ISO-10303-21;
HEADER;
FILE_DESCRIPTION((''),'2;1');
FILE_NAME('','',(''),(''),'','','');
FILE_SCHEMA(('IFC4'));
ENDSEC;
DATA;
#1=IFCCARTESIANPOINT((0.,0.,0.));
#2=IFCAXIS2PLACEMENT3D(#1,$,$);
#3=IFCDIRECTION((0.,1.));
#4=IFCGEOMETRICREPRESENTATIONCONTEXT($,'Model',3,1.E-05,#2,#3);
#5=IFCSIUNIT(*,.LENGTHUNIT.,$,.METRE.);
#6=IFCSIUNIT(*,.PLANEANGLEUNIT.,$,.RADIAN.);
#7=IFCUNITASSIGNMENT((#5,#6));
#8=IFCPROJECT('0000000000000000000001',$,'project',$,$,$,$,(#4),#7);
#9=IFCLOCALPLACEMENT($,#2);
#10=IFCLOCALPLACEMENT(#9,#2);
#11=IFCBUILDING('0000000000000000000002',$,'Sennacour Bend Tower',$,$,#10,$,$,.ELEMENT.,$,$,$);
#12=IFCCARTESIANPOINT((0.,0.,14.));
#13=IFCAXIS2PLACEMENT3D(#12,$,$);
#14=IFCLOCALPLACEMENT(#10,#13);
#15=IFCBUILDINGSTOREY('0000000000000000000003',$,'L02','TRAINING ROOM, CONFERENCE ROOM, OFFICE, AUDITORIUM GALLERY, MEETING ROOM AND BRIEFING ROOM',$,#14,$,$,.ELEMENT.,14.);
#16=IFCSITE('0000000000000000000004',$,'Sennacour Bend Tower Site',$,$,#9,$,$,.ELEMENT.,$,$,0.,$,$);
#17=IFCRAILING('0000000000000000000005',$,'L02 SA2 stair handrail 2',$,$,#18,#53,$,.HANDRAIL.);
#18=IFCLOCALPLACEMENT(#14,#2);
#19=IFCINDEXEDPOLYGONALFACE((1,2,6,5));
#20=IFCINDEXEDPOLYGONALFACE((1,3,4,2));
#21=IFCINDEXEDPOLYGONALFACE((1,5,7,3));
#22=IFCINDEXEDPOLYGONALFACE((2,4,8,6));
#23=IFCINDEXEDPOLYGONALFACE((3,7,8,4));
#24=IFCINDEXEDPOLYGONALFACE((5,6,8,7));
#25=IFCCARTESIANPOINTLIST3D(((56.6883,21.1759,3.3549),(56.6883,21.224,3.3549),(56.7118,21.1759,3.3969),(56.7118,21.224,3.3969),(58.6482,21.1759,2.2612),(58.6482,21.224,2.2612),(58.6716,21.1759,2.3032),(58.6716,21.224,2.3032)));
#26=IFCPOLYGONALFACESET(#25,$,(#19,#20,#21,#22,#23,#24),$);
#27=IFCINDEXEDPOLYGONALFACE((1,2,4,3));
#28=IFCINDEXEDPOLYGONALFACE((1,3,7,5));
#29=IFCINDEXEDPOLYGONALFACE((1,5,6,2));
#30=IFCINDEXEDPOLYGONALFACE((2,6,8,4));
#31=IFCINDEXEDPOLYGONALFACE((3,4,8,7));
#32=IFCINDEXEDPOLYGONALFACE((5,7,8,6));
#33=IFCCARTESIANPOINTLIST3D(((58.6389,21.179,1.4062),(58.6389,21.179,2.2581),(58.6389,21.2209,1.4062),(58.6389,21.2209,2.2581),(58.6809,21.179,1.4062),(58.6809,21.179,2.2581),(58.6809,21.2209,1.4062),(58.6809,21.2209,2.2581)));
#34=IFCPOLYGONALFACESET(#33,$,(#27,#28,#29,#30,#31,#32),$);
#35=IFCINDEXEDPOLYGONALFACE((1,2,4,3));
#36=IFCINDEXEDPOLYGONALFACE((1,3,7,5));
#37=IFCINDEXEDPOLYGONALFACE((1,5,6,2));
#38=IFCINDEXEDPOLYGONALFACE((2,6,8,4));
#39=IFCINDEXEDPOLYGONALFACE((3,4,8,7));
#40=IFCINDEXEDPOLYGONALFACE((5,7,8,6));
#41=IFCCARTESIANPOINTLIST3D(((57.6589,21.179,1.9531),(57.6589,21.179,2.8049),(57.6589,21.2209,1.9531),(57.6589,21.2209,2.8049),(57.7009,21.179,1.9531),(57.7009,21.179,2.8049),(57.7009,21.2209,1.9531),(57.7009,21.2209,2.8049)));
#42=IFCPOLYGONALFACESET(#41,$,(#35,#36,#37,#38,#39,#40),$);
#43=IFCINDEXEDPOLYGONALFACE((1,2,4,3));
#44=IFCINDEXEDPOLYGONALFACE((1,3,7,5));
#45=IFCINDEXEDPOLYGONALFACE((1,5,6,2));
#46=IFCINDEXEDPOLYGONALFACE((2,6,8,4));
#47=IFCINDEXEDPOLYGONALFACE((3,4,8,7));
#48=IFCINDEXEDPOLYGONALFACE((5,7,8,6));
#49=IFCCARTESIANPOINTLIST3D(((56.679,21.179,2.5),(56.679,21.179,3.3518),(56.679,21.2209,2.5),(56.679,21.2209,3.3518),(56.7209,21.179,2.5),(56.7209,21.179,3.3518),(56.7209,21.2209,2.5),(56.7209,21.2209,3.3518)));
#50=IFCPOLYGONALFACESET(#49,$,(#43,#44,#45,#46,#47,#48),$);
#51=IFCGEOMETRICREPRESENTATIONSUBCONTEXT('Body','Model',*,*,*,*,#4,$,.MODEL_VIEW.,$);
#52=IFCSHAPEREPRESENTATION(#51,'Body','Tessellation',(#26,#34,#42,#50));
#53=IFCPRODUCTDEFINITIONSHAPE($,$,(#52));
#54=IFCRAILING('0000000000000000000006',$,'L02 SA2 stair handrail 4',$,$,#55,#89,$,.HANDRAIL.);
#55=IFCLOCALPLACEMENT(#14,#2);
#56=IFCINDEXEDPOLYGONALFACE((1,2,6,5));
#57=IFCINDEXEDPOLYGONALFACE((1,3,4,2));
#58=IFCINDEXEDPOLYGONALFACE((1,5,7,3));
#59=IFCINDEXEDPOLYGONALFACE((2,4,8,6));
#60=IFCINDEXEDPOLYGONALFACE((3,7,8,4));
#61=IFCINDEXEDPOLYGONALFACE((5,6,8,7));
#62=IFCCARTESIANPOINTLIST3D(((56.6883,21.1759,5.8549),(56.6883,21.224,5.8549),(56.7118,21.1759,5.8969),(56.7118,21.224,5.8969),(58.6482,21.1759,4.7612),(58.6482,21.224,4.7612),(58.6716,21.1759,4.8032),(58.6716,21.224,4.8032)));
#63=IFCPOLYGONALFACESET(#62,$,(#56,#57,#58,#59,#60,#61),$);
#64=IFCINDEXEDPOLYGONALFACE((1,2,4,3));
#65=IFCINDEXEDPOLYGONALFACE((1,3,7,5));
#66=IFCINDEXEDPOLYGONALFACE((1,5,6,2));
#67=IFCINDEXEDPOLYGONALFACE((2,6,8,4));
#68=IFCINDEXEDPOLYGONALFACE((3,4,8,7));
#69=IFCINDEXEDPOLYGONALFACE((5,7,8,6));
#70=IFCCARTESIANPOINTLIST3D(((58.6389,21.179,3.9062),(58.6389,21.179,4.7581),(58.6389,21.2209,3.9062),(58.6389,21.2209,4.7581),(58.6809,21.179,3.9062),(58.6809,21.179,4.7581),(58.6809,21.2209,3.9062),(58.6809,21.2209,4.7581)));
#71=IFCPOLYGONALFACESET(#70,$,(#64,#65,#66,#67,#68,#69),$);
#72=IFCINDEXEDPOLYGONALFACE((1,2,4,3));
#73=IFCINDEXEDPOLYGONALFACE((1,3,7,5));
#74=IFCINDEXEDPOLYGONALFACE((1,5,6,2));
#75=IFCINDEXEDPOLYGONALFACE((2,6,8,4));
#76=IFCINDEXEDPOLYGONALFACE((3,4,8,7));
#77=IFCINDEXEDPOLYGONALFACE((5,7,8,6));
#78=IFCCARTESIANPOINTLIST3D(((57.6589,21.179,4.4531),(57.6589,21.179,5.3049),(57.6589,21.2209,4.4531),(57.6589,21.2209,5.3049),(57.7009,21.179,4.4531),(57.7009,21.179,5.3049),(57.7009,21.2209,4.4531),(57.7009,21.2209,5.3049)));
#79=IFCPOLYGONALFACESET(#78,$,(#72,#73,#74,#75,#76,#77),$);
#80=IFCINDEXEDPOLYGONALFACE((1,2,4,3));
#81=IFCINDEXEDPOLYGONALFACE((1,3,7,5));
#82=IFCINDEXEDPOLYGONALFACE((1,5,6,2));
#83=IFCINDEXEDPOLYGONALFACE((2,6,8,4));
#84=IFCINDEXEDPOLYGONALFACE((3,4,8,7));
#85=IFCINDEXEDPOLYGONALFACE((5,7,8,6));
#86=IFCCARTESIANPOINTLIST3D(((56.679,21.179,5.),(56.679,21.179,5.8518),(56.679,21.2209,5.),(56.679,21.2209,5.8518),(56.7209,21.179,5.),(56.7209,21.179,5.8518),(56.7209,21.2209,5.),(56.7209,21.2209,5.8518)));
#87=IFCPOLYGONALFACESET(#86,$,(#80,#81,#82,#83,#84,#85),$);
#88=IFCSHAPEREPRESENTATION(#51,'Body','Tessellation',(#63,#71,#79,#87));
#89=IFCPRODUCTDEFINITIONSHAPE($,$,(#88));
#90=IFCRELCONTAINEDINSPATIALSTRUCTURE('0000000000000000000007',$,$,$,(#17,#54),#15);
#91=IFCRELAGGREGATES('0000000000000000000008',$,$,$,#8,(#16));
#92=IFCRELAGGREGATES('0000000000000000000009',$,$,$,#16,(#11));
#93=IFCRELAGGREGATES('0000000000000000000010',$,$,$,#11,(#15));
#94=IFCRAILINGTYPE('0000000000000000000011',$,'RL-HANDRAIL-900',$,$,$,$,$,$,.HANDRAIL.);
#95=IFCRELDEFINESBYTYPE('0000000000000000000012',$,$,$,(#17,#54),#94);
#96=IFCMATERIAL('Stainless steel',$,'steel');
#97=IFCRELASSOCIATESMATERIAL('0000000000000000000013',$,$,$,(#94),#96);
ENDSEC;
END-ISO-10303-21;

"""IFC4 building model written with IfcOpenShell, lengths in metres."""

from ifc_helpers import new_model, si_unit, direction, frame, origin, origin_2d, place, context, subcontext, project, spatial, rectangle, extrude, material, type_object, element, save


model = new_model("IFC4")

# Units and contexts
model_context = context("Model", 3, precision=1e-05, world=origin(), true_north=direction((0.0, 1.0)))
body_context = subcontext(model_context, "Body", "Model", "MODEL_VIEW")
ifc_project = project(units=[si_unit("LENGTHUNIT", "METRE"), si_unit("PLANEANGLEUNIT", "RADIAN")], contexts=[model_context])

# Site, building, storey
site_placement = place(None, origin())
site = spatial("IfcSite", under=ifc_project, at=site_placement, Name="Sennacour Bend Tower Site", CompositionType="ELEMENT", RefElevation=0.0)
building_placement = place(site_placement, origin())
building = spatial("IfcBuilding", under=site, at=building_placement, Name="Sennacour Bend Tower", CompositionType="ELEMENT")
storey_placement = place(building_placement, frame((0.0, 0.0, 14.0)))
storey = spatial("IfcBuildingStorey", under=building, at=storey_placement, Name="L02", Description="TRAINING ROOM, CONFERENCE ROOM, OFFICE, AUDITORIUM GALLERY, MEETING ROOM AND BRIEFING ROOM", CompositionType="ELEMENT", Elevation=14.0)

# Shared definitions
ifc_material_1 = material(Name="Stainless steel", Category="steel")

# Railings
railing_type_1 = type_object("IfcRailingType", Name="RL-HANDRAIL-900", PredefinedType="HANDRAIL", material=ifc_material_1)
for number, where, name in (
    (1, (58.6599, 21.2, 1.4062), "L02 SA2 stair handrail 2"),
    (2, (58.6599, 21.2, 3.9062), "L02 SA2 stair handrail 4"),
):
    element("IfcRailing", number, at=place(storey_placement, frame(where)), inside=storey, type_object=railing_type_1, Name=name, PredefinedType="HANDRAIL", context=body_context, shape_type="SweptSolid", body=[
        extrude(rectangle(XDim=0.0481, YDim=0.0481, at=origin_2d()), frame((0.0, 0.0, 0.876), z_axis=(-0.873232, 0.0, 0.487304), x_axis=(0.0, -1.0, 0.0)), (0.0, 0.0, 1.0), 2.2444),
        extrude(rectangle(XDim=0.042, YDim=0.042, at=origin_2d()), origin(), (0.0, 0.0, 1.0), 0.8518),
        extrude(rectangle(XDim=0.042, YDim=0.042, at=origin_2d()), frame((-0.98, 0.0, 0.5469)), (0.0, 0.0, 1.0), 0.8518),
        extrude(rectangle(XDim=0.042, YDim=0.042, at=origin_2d()), frame((-1.96, 0.0, 1.0938)), (0.0, 0.0, 1.0), 0.8518),
    ])

save(model, "model.ifc")
